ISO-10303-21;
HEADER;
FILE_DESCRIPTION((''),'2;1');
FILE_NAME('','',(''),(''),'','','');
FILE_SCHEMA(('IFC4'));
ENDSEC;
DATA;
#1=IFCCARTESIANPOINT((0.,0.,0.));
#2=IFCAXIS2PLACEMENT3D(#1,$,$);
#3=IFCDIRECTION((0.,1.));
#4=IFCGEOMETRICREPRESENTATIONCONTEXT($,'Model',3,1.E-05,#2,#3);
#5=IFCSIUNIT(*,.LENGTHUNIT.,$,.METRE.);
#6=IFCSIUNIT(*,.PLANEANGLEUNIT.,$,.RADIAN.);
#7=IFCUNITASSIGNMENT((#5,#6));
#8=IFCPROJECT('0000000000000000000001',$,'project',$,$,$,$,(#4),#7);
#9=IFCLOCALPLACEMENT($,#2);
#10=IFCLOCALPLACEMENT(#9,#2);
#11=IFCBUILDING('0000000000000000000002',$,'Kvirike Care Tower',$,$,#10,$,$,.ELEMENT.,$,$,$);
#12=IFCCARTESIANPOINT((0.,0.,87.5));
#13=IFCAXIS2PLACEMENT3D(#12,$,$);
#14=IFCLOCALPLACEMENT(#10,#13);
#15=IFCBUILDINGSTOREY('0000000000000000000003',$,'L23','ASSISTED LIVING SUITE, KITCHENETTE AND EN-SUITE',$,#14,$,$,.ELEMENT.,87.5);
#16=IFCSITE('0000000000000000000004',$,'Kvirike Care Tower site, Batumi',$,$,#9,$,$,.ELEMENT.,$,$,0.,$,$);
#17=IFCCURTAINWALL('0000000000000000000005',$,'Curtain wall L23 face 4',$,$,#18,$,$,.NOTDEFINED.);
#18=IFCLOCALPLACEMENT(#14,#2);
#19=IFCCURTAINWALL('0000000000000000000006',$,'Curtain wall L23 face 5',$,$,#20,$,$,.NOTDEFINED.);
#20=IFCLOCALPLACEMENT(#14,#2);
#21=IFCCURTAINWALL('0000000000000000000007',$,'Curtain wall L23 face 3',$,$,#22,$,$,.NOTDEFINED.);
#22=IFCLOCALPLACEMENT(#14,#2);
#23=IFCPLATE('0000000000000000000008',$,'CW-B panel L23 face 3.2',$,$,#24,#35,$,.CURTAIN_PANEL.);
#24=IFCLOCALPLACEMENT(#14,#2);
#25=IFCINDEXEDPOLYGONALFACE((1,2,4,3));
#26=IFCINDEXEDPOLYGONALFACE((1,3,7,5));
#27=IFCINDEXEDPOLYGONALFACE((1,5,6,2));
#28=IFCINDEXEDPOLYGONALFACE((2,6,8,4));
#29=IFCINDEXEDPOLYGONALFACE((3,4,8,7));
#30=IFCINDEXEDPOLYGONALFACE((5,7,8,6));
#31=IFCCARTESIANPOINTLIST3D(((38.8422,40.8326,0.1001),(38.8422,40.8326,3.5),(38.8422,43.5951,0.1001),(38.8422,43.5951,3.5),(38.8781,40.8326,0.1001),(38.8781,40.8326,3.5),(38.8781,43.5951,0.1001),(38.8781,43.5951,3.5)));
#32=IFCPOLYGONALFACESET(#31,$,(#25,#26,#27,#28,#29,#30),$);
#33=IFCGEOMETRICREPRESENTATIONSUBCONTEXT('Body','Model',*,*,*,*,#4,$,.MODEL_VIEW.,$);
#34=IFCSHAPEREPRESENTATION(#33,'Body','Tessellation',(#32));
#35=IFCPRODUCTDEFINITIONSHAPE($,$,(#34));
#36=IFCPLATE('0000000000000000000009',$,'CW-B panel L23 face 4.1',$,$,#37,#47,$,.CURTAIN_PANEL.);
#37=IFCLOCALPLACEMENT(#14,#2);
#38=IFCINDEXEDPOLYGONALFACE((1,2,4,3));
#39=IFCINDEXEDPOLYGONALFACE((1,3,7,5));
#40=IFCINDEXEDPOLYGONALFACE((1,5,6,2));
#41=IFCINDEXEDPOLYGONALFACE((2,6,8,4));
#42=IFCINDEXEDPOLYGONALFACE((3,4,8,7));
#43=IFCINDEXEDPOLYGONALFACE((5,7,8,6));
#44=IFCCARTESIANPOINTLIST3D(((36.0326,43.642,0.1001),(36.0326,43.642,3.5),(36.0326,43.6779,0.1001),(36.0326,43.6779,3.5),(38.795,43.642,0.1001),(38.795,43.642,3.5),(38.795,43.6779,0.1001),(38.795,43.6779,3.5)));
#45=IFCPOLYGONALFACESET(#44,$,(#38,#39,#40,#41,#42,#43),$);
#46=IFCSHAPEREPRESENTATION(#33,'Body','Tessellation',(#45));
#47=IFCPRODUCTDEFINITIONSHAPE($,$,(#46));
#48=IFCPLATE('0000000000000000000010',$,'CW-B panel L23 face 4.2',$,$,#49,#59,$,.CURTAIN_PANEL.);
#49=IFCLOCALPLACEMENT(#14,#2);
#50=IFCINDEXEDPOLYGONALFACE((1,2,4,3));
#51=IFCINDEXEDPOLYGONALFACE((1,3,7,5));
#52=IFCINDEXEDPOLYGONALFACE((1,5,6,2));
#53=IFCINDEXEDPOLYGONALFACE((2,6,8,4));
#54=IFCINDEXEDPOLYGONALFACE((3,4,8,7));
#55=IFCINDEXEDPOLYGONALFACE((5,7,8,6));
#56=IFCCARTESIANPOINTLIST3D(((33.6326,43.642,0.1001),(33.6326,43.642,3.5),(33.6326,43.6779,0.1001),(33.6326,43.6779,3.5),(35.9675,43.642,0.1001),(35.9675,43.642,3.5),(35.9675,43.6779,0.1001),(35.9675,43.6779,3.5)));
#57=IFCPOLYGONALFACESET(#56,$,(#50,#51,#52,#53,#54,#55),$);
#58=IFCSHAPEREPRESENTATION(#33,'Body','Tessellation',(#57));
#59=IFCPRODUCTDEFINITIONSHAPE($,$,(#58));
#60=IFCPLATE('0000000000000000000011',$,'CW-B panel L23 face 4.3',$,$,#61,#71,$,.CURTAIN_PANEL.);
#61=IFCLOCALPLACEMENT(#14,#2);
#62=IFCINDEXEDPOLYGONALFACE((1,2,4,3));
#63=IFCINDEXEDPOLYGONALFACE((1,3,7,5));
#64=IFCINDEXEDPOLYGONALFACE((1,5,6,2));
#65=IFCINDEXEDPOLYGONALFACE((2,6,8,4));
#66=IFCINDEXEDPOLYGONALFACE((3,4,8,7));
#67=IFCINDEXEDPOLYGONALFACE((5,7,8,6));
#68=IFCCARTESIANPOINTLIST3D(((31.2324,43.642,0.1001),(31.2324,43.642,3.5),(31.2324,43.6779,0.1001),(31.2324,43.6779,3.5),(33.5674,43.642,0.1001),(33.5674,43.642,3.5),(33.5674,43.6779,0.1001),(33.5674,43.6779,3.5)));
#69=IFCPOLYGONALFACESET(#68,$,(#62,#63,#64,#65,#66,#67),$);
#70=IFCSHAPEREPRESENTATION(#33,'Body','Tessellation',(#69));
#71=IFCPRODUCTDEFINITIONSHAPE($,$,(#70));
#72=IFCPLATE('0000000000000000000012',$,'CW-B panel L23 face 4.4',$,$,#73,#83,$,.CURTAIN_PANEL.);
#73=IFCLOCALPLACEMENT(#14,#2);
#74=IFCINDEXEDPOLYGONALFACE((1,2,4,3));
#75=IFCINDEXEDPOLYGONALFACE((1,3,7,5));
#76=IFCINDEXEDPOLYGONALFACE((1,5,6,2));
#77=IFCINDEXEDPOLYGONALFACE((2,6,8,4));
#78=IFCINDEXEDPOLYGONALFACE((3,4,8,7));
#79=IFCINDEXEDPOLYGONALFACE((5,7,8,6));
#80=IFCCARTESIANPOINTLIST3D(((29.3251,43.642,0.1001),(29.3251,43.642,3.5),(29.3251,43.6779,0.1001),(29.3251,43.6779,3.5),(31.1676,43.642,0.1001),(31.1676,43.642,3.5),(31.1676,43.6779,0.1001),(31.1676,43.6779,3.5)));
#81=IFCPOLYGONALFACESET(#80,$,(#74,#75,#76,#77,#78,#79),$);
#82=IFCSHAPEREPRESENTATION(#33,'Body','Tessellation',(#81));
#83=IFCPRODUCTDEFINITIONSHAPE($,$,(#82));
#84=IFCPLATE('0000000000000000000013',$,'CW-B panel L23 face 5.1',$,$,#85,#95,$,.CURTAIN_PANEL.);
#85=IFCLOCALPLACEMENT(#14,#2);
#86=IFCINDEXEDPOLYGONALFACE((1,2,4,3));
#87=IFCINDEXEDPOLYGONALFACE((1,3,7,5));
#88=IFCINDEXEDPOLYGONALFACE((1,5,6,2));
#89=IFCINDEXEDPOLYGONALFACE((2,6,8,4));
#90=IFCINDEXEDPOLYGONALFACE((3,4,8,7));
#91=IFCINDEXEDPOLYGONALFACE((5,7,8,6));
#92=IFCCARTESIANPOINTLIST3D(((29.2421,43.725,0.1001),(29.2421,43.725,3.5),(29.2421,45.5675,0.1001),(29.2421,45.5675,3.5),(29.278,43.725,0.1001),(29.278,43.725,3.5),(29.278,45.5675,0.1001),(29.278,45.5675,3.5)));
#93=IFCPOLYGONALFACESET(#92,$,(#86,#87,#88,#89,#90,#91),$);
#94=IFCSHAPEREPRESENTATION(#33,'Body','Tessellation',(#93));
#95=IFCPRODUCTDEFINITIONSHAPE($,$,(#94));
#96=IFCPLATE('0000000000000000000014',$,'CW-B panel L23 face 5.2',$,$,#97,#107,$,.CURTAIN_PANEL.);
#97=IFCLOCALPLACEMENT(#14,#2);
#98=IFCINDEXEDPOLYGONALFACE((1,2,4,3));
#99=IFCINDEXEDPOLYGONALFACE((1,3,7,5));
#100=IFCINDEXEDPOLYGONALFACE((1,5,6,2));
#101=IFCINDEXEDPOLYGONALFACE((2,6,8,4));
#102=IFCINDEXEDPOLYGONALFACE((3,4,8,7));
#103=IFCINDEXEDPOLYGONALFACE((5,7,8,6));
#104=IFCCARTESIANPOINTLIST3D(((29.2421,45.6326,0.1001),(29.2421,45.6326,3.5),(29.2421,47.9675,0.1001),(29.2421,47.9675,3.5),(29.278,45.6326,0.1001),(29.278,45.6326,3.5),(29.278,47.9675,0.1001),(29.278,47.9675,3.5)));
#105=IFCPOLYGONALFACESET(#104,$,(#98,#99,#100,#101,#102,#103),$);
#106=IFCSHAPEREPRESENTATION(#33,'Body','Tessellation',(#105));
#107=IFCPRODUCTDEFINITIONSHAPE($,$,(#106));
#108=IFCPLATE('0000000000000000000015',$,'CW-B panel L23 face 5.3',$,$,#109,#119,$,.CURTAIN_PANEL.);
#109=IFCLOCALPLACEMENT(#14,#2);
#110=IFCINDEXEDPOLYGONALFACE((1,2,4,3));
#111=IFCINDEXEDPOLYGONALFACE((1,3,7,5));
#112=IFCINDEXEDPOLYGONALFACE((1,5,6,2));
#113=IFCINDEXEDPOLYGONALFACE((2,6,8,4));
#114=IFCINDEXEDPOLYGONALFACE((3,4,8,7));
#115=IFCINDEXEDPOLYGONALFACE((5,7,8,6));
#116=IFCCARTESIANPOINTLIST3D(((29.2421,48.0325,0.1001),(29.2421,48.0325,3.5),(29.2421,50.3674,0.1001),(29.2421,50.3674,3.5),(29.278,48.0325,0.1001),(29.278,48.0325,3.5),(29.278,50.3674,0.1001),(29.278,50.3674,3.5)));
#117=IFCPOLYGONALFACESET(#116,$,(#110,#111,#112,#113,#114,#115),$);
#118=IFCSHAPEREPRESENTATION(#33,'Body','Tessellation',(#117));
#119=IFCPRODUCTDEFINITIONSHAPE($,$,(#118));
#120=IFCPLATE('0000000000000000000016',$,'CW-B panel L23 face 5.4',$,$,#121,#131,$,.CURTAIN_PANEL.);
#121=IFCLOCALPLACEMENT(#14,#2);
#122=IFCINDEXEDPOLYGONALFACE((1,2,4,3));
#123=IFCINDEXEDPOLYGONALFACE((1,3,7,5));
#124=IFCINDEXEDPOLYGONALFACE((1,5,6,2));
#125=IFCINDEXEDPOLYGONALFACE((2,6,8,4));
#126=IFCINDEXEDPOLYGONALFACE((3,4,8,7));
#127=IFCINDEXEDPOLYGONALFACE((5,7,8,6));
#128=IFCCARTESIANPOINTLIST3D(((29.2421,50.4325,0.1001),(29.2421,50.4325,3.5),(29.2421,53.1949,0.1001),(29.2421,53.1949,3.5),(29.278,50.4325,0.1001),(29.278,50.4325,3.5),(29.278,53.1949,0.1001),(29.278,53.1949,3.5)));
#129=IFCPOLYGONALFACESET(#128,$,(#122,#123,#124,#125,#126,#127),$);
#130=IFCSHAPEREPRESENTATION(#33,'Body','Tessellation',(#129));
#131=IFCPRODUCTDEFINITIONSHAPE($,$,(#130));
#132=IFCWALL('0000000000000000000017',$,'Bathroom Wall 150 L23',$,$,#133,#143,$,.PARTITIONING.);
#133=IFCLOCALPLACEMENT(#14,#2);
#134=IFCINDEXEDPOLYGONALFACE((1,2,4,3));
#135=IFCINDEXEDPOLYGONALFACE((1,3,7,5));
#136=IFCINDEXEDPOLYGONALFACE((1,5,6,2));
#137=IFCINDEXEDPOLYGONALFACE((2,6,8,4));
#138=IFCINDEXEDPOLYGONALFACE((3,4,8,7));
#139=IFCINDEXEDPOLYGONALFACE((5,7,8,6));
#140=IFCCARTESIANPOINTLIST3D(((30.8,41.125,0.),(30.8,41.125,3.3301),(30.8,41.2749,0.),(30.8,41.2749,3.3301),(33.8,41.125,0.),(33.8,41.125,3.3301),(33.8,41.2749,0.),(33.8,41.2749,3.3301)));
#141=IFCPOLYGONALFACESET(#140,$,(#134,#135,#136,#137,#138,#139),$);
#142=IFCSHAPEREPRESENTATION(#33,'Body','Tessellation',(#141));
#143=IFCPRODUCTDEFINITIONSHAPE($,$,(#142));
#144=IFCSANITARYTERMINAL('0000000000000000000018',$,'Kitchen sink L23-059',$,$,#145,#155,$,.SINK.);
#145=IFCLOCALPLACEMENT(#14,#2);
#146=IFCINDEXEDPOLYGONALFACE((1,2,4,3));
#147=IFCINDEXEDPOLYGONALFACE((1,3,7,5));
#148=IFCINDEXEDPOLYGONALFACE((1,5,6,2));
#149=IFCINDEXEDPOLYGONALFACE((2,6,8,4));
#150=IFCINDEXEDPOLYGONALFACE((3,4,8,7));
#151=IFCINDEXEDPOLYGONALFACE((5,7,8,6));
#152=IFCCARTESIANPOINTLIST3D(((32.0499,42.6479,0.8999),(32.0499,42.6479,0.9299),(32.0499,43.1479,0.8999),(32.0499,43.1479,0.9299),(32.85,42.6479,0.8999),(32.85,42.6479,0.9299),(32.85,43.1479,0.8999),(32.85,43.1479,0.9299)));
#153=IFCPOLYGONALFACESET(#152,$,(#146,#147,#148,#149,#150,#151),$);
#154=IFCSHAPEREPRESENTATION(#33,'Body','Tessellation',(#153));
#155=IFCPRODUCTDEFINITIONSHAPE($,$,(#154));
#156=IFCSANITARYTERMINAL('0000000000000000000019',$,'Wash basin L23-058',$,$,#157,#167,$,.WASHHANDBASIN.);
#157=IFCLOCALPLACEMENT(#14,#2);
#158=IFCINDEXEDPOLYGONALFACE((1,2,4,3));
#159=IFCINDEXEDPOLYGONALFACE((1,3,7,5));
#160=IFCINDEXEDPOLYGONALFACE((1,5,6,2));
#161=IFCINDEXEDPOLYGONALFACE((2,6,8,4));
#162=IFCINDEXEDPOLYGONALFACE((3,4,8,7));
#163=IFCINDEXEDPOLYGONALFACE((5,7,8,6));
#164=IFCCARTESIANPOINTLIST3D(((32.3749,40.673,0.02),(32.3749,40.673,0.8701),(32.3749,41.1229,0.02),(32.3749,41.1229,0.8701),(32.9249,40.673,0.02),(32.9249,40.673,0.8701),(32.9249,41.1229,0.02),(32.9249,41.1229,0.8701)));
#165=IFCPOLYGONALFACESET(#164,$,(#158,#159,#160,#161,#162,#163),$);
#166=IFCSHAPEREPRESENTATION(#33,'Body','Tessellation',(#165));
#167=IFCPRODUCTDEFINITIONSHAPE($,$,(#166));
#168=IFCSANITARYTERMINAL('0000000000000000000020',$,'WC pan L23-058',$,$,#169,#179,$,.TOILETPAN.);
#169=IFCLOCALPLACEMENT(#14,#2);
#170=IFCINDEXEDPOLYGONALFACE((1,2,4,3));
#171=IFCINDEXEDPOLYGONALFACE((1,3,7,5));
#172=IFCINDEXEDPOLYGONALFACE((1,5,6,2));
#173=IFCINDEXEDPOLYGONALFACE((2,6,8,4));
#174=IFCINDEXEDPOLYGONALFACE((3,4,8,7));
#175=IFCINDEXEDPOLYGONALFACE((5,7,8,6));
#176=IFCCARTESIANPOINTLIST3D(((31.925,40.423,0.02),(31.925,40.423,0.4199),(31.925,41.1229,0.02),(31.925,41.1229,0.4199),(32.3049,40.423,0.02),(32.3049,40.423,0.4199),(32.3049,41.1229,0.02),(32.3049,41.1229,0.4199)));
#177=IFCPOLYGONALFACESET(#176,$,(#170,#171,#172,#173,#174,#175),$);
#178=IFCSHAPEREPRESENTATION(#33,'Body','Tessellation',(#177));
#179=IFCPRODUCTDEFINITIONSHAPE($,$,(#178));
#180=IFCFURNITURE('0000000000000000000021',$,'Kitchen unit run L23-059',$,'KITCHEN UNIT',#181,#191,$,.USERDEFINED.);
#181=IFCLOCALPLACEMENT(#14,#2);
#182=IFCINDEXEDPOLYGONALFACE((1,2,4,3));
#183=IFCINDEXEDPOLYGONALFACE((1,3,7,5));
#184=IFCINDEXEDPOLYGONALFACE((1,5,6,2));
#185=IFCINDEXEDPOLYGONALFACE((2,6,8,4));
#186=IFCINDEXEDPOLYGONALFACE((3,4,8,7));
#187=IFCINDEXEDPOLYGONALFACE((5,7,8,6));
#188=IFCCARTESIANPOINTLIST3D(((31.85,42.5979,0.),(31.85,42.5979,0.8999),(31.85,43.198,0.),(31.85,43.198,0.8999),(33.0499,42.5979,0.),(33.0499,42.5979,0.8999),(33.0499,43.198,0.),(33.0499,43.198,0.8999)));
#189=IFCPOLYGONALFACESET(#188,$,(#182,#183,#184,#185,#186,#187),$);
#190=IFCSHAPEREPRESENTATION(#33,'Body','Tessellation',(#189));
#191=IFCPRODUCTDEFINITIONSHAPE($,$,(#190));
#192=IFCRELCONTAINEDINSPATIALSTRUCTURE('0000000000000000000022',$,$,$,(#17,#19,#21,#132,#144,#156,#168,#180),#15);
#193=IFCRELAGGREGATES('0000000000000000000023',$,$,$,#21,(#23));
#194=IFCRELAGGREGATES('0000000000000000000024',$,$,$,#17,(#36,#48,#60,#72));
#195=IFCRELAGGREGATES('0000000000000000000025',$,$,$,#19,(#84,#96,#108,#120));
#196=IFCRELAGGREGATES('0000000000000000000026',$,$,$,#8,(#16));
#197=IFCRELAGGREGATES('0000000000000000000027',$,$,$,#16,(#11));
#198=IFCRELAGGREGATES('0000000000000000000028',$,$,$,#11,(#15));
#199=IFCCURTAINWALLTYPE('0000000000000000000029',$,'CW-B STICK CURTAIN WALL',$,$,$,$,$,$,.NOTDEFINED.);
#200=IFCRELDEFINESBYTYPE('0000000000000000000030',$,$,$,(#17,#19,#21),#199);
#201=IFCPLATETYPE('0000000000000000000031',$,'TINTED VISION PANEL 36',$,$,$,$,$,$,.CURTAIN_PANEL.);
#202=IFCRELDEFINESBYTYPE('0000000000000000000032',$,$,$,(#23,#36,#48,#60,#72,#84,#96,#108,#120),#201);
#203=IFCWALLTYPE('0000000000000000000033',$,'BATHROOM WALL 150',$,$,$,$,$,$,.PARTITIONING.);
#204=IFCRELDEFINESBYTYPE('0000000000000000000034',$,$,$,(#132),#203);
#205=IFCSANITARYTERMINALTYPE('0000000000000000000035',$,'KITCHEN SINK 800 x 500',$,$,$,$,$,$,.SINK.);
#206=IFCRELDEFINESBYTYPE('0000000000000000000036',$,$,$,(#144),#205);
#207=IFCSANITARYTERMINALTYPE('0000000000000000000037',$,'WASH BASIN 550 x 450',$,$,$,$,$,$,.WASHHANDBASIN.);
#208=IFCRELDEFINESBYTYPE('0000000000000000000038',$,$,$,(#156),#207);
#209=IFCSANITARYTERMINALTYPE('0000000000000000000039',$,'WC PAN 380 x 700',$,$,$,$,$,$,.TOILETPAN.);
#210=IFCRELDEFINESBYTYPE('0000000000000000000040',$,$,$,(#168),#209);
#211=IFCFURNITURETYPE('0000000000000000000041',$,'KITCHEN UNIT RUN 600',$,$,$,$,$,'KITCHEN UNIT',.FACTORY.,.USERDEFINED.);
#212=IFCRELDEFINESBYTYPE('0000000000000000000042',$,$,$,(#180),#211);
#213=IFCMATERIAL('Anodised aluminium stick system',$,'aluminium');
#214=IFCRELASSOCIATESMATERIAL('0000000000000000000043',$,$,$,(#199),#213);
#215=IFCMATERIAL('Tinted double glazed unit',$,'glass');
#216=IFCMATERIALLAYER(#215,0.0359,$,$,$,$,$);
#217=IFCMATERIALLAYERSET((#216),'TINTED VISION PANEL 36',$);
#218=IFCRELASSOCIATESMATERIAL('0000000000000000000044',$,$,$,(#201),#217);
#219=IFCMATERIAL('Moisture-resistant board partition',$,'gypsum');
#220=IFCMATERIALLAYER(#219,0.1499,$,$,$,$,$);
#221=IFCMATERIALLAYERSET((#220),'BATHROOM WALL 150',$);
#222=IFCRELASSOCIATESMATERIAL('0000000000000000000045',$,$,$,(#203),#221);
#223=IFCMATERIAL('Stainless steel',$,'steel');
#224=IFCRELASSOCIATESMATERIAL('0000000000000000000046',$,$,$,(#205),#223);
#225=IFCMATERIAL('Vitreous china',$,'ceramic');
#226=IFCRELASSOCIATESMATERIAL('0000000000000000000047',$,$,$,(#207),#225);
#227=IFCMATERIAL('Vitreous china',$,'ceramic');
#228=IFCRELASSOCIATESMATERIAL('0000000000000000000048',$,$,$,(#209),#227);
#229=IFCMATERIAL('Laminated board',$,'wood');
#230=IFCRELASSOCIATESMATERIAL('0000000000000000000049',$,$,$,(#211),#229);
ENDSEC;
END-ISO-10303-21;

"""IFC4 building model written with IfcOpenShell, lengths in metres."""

from ifc_helpers import new_model, si_unit, direction, frame, frame_2d, origin, origin_2d, place, context, subcontext, project, spatial, rectangle, extrude, material, layer, layer_set, type_object, element, aggregate, save


model = new_model("IFC4")

# Units and contexts
model_context = context("Model", 3, precision=1e-05, world=origin(), true_north=direction((0.0, 1.0)))
body_context = subcontext(model_context, "Body", "Model", "MODEL_VIEW")
ifc_project = project(units=[si_unit("LENGTHUNIT", "METRE"), si_unit("PLANEANGLEUNIT", "RADIAN")], contexts=[model_context])

# Site, building, storey
site_placement = place(None, origin())
site = spatial("IfcSite", under=ifc_project, at=site_placement, Name="Kvirike Care Tower site, Batumi", CompositionType="ELEMENT", RefElevation=0.0)
building_placement = place(site_placement, origin())
building = spatial("IfcBuilding", under=site, at=building_placement, Name="Kvirike Care Tower", CompositionType="ELEMENT")
storey_placement = place(building_placement, frame((0.0, 0.0, 87.5)))
storey = spatial("IfcBuildingStorey", under=building, at=storey_placement, Name="L23", Description="ASSISTED LIVING SUITE, KITCHENETTE AND EN-SUITE", CompositionType="ELEMENT", Elevation=87.5)

# Curtain walls
ifc_material_1 = material(Name="Anodised aluminium stick system", Category="aluminium")
curtain_wall_type = type_object("IfcCurtainWallType", Name="CW-B STICK CURTAIN WALL", PredefinedType="NOTDEFINED", material=ifc_material_1)
curtain_wall_1_placement = place(storey_placement, origin())
curtain_wall_1 = element("IfcCurtainWall", 1, at=curtain_wall_1_placement, inside=storey, type_object=curtain_wall_type, Name="Curtain wall L23 face 4", PredefinedType="NOTDEFINED")
curtain_wall_2_placement = place(storey_placement, origin())
curtain_wall_2 = element("IfcCurtainWall", 2, at=curtain_wall_2_placement, inside=storey, type_object=curtain_wall_type, Name="Curtain wall L23 face 5", PredefinedType="NOTDEFINED")

# Curtain wall
curtain_wall_3_placement = place(storey_placement, origin())
curtain_wall_3 = element("IfcCurtainWall", 3, at=curtain_wall_3_placement, inside=storey, type_object=curtain_wall_type, Name="Curtain wall L23 face 3", PredefinedType="NOTDEFINED")

# Plates
ifc_material_2 = material(Name="Tinted double glazed unit", Category="glass")
ifc_layer_1 = layer(ifc_material_2, 0.0359)
ifc_layer_set_1 = layer_set([ifc_layer_1], Name="TINTED VISION PANEL 36")
plate_type = type_object("IfcPlateType", Name="TINTED VISION PANEL 36", PredefinedType="CURTAIN_PANEL", material=ifc_layer_set_1)
plate_1_placement = place(storey_placement, frame((38.8601, 42.2139, 0.1001), z_axis=(0.0, 0.0, 1.0), x_axis=(0.0, 1.0, 0.0)))
plate_1 = element("IfcPlate", 4, at=plate_1_placement, type_object=plate_type, Name="CW-B panel L23 face 3.2", PredefinedType="CURTAIN_PANEL", context=body_context, shape_type="SweptSolid", body=[
    extrude(rectangle(XDim=2.7625, YDim=0.0359, at=origin_2d()), origin(), (0.0, 0.0, 1.0), 3.3999),
])
aggregate(curtain_wall_3, [plate_1])
plate_2_placement = place(storey_placement, frame((37.4138, 43.6599, 0.1001), z_axis=(0.0, 0.0, 1.0), x_axis=(-1.0, 0.0, 0.0)))
plate_2 = element("IfcPlate", 5, at=plate_2_placement, type_object=plate_type, Name="CW-B panel L23 face 4.1", PredefinedType="CURTAIN_PANEL", context=body_context, shape_type="SweptSolid", body=[
    extrude(rectangle(XDim=2.7625, YDim=0.0359, at=origin_2d()), origin(), (0.0, 0.0, 1.0), 3.3999),
])
plate_3_placement = place(storey_placement, frame((34.8, 43.6599, 0.1001), z_axis=(0.0, 0.0, 1.0), x_axis=(-1.0, 0.0, 0.0)))
plate_3 = element("IfcPlate", 6, at=plate_3_placement, type_object=plate_type, Name="CW-B panel L23 face 4.2", PredefinedType="CURTAIN_PANEL", context=body_context, shape_type="SweptSolid", body=[
    extrude(rectangle(XDim=2.335, YDim=0.0359, at=origin_2d()), origin(), (0.0, 0.0, 1.0), 3.3999),
])
plate_4_placement = place(storey_placement, frame((32.3999, 43.6599, 0.1001), z_axis=(0.0, 0.0, 1.0), x_axis=(-1.0, 0.0, 0.0)))
plate_4 = element("IfcPlate", 7, at=plate_4_placement, type_object=plate_type, Name="CW-B panel L23 face 4.3", PredefinedType="CURTAIN_PANEL", context=body_context, shape_type="SweptSolid", body=[
    extrude(rectangle(XDim=2.335, YDim=0.0359, at=origin_2d()), origin(), (0.0, 0.0, 1.0), 3.3999),
])
plate_5_placement = place(storey_placement, frame((30.2463, 43.6599, 0.1001), z_axis=(0.0, 0.0, 1.0), x_axis=(-1.0, 0.0, 0.0)))
plate_5 = element("IfcPlate", 8, at=plate_5_placement, type_object=plate_type, Name="CW-B panel L23 face 4.4", PredefinedType="CURTAIN_PANEL", context=body_context, shape_type="SweptSolid", body=[
    extrude(rectangle(XDim=1.8425, YDim=0.0359, at=origin_2d()), origin(), (0.0, 0.0, 1.0), 3.3999),
])
aggregate(curtain_wall_1, [plate_2, plate_3, plate_4, plate_5])
plate_6_placement = place(storey_placement, frame((29.26, 44.6462, 0.1001), z_axis=(0.0, 0.0, 1.0), x_axis=(0.0, 1.0, 0.0)))
plate_6 = element("IfcPlate", 9, at=plate_6_placement, type_object=plate_type, Name="CW-B panel L23 face 5.1", PredefinedType="CURTAIN_PANEL", context=body_context, shape_type="SweptSolid", body=[
    extrude(rectangle(XDim=1.8425, YDim=0.0359, at=origin_2d()), origin(), (0.0, 0.0, 1.0), 3.3999),
])
plate_7_placement = place(storey_placement, frame((29.26, 46.8, 0.1001), z_axis=(0.0, 0.0, 1.0), x_axis=(0.0, 1.0, 0.0)))
plate_7 = element("IfcPlate", 10, at=plate_7_placement, type_object=plate_type, Name="CW-B panel L23 face 5.2", PredefinedType="CURTAIN_PANEL", context=body_context, shape_type="SweptSolid", body=[
    extrude(rectangle(XDim=2.335, YDim=0.0359, at=origin_2d()), origin(), (0.0, 0.0, 1.0), 3.3999),
])
plate_8_placement = place(storey_placement, frame((29.26, 49.2, 0.1001), z_axis=(0.0, 0.0, 1.0), x_axis=(0.0, 1.0, 0.0)))
plate_8 = element("IfcPlate", 11, at=plate_8_placement, type_object=plate_type, Name="CW-B panel L23 face 5.3", PredefinedType="CURTAIN_PANEL", context=body_context, shape_type="SweptSolid", body=[
    extrude(rectangle(XDim=2.335, YDim=0.0359, at=origin_2d()), origin(), (0.0, 0.0, 1.0), 3.3999),
])
plate_9_placement = place(storey_placement, frame((29.26, 51.8137, 0.1001), z_axis=(0.0, 0.0, 1.0), x_axis=(0.0, 1.0, 0.0)))
plate_9 = element("IfcPlate", 12, at=plate_9_placement, type_object=plate_type, Name="CW-B panel L23 face 5.4", PredefinedType="CURTAIN_PANEL", context=body_context, shape_type="SweptSolid", body=[
    extrude(rectangle(XDim=2.7625, YDim=0.0359, at=origin_2d()), origin(), (0.0, 0.0, 1.0), 3.3999),
])
aggregate(curtain_wall_2, [plate_6, plate_7, plate_8, plate_9])

# Wall
ifc_material_3 = material(Name="Moisture-resistant board partition", Category="gypsum")
ifc_layer_2 = layer(ifc_material_3, 0.1499)
ifc_layer_set_2 = layer_set([ifc_layer_2], Name="BATHROOM WALL 150")
wall_type = type_object("IfcWallType", Name="BATHROOM WALL 150", PredefinedType="PARTITIONING", material=ifc_layer_set_2)
wall_placement = place(storey_placement, frame((33.8, 41.2, 0.0), z_axis=(0.0, 0.0, 1.0), x_axis=(-1.0, 0.0, 0.0)))
element("IfcWall", 13, at=wall_placement, inside=storey, type_object=wall_type, Name="Bathroom Wall 150 L23", PredefinedType="PARTITIONING", context=body_context, shape_type="SweptSolid", body=[
    extrude(rectangle(XDim=3.0, YDim=0.1499, at=frame_2d((1.5, 0.0))), origin(), (0.0, 0.0, 1.0), 3.3301),
])

# Sanitary terminals
ifc_material_4 = material(Name="Stainless steel", Category="steel")
sanitary_terminal_type_1 = type_object("IfcSanitaryTerminalType", Name="KITCHEN SINK 800 x 500", PredefinedType="SINK", material=ifc_material_4)
sanitary_terminal_1_placement = place(storey_placement, frame((32.45, 42.8979, 0.8999), z_axis=(0.0, 0.0, 1.0), x_axis=(1.0, 0.0, 0.0)))
element("IfcSanitaryTerminal", 14, at=sanitary_terminal_1_placement, inside=storey, type_object=sanitary_terminal_type_1, Name="Kitchen sink L23-059", PredefinedType="SINK", context=body_context, shape_type="SweptSolid", body=[
    extrude(rectangle(XDim=0.8, YDim=0.5, at=origin_2d()), origin(), (0.0, 0.0, 1.0), 0.03),
])
ifc_material_5 = material(Name="Vitreous china", Category="ceramic")
sanitary_terminal_type_2 = type_object("IfcSanitaryTerminalType", Name="WASH BASIN 550 x 450", PredefinedType="WASHHANDBASIN", material=ifc_material_5)
sanitary_terminal_2_placement = place(storey_placement, frame((32.6499, 40.8979, 0.02), z_axis=(0.0, 0.0, 1.0), x_axis=(1.0, 0.0, 0.0)))
element("IfcSanitaryTerminal", 15, at=sanitary_terminal_2_placement, inside=storey, type_object=sanitary_terminal_type_2, Name="Wash basin L23-058", PredefinedType="WASHHANDBASIN", context=body_context, shape_type="SweptSolid", body=[
    extrude(rectangle(XDim=0.55, YDim=0.45, at=origin_2d()), origin(), (0.0, 0.0, 1.0), 0.8501),
])
ifc_material_6 = material(Name="Vitreous china", Category="ceramic")
sanitary_terminal_type_3 = type_object("IfcSanitaryTerminalType", Name="WC PAN 380 x 700", PredefinedType="TOILETPAN", material=ifc_material_6)
sanitary_terminal_3_placement = place(storey_placement, frame((32.115, 40.7729, 0.02), z_axis=(0.0, 0.0, 1.0), x_axis=(1.0, 0.0, 0.0)))
element("IfcSanitaryTerminal", 16, at=sanitary_terminal_3_placement, inside=storey, type_object=sanitary_terminal_type_3, Name="WC pan L23-058", PredefinedType="TOILETPAN", context=body_context, shape_type="SweptSolid", body=[
    extrude(rectangle(XDim=0.3799, YDim=0.7, at=origin_2d()), origin(), (0.0, 0.0, 1.0), 0.3999),
])

# Furniture
ifc_material_7 = material(Name="Laminated board", Category="wood")
furniture_type = type_object("IfcFurnitureType", Name="KITCHEN UNIT RUN 600", ElementType="KITCHEN UNIT", AssemblyPlace="FACTORY", PredefinedType="USERDEFINED", material=ifc_material_7)
furniture_placement = place(storey_placement, frame((32.45, 42.8979, 0.0), z_axis=(0.0, 0.0, 1.0), x_axis=(1.0, 0.0, 0.0)))
element("IfcFurniture", 17, at=furniture_placement, inside=storey, type_object=furniture_type, Name="Kitchen unit run L23-059", ObjectType="KITCHEN UNIT", PredefinedType="USERDEFINED", context=body_context, shape_type="SweptSolid", body=[
    extrude(rectangle(XDim=1.2, YDim=0.6001, at=origin_2d()), origin(), (0.0, 0.0, 1.0), 0.8999),
])

save(model, "model.ifc")
